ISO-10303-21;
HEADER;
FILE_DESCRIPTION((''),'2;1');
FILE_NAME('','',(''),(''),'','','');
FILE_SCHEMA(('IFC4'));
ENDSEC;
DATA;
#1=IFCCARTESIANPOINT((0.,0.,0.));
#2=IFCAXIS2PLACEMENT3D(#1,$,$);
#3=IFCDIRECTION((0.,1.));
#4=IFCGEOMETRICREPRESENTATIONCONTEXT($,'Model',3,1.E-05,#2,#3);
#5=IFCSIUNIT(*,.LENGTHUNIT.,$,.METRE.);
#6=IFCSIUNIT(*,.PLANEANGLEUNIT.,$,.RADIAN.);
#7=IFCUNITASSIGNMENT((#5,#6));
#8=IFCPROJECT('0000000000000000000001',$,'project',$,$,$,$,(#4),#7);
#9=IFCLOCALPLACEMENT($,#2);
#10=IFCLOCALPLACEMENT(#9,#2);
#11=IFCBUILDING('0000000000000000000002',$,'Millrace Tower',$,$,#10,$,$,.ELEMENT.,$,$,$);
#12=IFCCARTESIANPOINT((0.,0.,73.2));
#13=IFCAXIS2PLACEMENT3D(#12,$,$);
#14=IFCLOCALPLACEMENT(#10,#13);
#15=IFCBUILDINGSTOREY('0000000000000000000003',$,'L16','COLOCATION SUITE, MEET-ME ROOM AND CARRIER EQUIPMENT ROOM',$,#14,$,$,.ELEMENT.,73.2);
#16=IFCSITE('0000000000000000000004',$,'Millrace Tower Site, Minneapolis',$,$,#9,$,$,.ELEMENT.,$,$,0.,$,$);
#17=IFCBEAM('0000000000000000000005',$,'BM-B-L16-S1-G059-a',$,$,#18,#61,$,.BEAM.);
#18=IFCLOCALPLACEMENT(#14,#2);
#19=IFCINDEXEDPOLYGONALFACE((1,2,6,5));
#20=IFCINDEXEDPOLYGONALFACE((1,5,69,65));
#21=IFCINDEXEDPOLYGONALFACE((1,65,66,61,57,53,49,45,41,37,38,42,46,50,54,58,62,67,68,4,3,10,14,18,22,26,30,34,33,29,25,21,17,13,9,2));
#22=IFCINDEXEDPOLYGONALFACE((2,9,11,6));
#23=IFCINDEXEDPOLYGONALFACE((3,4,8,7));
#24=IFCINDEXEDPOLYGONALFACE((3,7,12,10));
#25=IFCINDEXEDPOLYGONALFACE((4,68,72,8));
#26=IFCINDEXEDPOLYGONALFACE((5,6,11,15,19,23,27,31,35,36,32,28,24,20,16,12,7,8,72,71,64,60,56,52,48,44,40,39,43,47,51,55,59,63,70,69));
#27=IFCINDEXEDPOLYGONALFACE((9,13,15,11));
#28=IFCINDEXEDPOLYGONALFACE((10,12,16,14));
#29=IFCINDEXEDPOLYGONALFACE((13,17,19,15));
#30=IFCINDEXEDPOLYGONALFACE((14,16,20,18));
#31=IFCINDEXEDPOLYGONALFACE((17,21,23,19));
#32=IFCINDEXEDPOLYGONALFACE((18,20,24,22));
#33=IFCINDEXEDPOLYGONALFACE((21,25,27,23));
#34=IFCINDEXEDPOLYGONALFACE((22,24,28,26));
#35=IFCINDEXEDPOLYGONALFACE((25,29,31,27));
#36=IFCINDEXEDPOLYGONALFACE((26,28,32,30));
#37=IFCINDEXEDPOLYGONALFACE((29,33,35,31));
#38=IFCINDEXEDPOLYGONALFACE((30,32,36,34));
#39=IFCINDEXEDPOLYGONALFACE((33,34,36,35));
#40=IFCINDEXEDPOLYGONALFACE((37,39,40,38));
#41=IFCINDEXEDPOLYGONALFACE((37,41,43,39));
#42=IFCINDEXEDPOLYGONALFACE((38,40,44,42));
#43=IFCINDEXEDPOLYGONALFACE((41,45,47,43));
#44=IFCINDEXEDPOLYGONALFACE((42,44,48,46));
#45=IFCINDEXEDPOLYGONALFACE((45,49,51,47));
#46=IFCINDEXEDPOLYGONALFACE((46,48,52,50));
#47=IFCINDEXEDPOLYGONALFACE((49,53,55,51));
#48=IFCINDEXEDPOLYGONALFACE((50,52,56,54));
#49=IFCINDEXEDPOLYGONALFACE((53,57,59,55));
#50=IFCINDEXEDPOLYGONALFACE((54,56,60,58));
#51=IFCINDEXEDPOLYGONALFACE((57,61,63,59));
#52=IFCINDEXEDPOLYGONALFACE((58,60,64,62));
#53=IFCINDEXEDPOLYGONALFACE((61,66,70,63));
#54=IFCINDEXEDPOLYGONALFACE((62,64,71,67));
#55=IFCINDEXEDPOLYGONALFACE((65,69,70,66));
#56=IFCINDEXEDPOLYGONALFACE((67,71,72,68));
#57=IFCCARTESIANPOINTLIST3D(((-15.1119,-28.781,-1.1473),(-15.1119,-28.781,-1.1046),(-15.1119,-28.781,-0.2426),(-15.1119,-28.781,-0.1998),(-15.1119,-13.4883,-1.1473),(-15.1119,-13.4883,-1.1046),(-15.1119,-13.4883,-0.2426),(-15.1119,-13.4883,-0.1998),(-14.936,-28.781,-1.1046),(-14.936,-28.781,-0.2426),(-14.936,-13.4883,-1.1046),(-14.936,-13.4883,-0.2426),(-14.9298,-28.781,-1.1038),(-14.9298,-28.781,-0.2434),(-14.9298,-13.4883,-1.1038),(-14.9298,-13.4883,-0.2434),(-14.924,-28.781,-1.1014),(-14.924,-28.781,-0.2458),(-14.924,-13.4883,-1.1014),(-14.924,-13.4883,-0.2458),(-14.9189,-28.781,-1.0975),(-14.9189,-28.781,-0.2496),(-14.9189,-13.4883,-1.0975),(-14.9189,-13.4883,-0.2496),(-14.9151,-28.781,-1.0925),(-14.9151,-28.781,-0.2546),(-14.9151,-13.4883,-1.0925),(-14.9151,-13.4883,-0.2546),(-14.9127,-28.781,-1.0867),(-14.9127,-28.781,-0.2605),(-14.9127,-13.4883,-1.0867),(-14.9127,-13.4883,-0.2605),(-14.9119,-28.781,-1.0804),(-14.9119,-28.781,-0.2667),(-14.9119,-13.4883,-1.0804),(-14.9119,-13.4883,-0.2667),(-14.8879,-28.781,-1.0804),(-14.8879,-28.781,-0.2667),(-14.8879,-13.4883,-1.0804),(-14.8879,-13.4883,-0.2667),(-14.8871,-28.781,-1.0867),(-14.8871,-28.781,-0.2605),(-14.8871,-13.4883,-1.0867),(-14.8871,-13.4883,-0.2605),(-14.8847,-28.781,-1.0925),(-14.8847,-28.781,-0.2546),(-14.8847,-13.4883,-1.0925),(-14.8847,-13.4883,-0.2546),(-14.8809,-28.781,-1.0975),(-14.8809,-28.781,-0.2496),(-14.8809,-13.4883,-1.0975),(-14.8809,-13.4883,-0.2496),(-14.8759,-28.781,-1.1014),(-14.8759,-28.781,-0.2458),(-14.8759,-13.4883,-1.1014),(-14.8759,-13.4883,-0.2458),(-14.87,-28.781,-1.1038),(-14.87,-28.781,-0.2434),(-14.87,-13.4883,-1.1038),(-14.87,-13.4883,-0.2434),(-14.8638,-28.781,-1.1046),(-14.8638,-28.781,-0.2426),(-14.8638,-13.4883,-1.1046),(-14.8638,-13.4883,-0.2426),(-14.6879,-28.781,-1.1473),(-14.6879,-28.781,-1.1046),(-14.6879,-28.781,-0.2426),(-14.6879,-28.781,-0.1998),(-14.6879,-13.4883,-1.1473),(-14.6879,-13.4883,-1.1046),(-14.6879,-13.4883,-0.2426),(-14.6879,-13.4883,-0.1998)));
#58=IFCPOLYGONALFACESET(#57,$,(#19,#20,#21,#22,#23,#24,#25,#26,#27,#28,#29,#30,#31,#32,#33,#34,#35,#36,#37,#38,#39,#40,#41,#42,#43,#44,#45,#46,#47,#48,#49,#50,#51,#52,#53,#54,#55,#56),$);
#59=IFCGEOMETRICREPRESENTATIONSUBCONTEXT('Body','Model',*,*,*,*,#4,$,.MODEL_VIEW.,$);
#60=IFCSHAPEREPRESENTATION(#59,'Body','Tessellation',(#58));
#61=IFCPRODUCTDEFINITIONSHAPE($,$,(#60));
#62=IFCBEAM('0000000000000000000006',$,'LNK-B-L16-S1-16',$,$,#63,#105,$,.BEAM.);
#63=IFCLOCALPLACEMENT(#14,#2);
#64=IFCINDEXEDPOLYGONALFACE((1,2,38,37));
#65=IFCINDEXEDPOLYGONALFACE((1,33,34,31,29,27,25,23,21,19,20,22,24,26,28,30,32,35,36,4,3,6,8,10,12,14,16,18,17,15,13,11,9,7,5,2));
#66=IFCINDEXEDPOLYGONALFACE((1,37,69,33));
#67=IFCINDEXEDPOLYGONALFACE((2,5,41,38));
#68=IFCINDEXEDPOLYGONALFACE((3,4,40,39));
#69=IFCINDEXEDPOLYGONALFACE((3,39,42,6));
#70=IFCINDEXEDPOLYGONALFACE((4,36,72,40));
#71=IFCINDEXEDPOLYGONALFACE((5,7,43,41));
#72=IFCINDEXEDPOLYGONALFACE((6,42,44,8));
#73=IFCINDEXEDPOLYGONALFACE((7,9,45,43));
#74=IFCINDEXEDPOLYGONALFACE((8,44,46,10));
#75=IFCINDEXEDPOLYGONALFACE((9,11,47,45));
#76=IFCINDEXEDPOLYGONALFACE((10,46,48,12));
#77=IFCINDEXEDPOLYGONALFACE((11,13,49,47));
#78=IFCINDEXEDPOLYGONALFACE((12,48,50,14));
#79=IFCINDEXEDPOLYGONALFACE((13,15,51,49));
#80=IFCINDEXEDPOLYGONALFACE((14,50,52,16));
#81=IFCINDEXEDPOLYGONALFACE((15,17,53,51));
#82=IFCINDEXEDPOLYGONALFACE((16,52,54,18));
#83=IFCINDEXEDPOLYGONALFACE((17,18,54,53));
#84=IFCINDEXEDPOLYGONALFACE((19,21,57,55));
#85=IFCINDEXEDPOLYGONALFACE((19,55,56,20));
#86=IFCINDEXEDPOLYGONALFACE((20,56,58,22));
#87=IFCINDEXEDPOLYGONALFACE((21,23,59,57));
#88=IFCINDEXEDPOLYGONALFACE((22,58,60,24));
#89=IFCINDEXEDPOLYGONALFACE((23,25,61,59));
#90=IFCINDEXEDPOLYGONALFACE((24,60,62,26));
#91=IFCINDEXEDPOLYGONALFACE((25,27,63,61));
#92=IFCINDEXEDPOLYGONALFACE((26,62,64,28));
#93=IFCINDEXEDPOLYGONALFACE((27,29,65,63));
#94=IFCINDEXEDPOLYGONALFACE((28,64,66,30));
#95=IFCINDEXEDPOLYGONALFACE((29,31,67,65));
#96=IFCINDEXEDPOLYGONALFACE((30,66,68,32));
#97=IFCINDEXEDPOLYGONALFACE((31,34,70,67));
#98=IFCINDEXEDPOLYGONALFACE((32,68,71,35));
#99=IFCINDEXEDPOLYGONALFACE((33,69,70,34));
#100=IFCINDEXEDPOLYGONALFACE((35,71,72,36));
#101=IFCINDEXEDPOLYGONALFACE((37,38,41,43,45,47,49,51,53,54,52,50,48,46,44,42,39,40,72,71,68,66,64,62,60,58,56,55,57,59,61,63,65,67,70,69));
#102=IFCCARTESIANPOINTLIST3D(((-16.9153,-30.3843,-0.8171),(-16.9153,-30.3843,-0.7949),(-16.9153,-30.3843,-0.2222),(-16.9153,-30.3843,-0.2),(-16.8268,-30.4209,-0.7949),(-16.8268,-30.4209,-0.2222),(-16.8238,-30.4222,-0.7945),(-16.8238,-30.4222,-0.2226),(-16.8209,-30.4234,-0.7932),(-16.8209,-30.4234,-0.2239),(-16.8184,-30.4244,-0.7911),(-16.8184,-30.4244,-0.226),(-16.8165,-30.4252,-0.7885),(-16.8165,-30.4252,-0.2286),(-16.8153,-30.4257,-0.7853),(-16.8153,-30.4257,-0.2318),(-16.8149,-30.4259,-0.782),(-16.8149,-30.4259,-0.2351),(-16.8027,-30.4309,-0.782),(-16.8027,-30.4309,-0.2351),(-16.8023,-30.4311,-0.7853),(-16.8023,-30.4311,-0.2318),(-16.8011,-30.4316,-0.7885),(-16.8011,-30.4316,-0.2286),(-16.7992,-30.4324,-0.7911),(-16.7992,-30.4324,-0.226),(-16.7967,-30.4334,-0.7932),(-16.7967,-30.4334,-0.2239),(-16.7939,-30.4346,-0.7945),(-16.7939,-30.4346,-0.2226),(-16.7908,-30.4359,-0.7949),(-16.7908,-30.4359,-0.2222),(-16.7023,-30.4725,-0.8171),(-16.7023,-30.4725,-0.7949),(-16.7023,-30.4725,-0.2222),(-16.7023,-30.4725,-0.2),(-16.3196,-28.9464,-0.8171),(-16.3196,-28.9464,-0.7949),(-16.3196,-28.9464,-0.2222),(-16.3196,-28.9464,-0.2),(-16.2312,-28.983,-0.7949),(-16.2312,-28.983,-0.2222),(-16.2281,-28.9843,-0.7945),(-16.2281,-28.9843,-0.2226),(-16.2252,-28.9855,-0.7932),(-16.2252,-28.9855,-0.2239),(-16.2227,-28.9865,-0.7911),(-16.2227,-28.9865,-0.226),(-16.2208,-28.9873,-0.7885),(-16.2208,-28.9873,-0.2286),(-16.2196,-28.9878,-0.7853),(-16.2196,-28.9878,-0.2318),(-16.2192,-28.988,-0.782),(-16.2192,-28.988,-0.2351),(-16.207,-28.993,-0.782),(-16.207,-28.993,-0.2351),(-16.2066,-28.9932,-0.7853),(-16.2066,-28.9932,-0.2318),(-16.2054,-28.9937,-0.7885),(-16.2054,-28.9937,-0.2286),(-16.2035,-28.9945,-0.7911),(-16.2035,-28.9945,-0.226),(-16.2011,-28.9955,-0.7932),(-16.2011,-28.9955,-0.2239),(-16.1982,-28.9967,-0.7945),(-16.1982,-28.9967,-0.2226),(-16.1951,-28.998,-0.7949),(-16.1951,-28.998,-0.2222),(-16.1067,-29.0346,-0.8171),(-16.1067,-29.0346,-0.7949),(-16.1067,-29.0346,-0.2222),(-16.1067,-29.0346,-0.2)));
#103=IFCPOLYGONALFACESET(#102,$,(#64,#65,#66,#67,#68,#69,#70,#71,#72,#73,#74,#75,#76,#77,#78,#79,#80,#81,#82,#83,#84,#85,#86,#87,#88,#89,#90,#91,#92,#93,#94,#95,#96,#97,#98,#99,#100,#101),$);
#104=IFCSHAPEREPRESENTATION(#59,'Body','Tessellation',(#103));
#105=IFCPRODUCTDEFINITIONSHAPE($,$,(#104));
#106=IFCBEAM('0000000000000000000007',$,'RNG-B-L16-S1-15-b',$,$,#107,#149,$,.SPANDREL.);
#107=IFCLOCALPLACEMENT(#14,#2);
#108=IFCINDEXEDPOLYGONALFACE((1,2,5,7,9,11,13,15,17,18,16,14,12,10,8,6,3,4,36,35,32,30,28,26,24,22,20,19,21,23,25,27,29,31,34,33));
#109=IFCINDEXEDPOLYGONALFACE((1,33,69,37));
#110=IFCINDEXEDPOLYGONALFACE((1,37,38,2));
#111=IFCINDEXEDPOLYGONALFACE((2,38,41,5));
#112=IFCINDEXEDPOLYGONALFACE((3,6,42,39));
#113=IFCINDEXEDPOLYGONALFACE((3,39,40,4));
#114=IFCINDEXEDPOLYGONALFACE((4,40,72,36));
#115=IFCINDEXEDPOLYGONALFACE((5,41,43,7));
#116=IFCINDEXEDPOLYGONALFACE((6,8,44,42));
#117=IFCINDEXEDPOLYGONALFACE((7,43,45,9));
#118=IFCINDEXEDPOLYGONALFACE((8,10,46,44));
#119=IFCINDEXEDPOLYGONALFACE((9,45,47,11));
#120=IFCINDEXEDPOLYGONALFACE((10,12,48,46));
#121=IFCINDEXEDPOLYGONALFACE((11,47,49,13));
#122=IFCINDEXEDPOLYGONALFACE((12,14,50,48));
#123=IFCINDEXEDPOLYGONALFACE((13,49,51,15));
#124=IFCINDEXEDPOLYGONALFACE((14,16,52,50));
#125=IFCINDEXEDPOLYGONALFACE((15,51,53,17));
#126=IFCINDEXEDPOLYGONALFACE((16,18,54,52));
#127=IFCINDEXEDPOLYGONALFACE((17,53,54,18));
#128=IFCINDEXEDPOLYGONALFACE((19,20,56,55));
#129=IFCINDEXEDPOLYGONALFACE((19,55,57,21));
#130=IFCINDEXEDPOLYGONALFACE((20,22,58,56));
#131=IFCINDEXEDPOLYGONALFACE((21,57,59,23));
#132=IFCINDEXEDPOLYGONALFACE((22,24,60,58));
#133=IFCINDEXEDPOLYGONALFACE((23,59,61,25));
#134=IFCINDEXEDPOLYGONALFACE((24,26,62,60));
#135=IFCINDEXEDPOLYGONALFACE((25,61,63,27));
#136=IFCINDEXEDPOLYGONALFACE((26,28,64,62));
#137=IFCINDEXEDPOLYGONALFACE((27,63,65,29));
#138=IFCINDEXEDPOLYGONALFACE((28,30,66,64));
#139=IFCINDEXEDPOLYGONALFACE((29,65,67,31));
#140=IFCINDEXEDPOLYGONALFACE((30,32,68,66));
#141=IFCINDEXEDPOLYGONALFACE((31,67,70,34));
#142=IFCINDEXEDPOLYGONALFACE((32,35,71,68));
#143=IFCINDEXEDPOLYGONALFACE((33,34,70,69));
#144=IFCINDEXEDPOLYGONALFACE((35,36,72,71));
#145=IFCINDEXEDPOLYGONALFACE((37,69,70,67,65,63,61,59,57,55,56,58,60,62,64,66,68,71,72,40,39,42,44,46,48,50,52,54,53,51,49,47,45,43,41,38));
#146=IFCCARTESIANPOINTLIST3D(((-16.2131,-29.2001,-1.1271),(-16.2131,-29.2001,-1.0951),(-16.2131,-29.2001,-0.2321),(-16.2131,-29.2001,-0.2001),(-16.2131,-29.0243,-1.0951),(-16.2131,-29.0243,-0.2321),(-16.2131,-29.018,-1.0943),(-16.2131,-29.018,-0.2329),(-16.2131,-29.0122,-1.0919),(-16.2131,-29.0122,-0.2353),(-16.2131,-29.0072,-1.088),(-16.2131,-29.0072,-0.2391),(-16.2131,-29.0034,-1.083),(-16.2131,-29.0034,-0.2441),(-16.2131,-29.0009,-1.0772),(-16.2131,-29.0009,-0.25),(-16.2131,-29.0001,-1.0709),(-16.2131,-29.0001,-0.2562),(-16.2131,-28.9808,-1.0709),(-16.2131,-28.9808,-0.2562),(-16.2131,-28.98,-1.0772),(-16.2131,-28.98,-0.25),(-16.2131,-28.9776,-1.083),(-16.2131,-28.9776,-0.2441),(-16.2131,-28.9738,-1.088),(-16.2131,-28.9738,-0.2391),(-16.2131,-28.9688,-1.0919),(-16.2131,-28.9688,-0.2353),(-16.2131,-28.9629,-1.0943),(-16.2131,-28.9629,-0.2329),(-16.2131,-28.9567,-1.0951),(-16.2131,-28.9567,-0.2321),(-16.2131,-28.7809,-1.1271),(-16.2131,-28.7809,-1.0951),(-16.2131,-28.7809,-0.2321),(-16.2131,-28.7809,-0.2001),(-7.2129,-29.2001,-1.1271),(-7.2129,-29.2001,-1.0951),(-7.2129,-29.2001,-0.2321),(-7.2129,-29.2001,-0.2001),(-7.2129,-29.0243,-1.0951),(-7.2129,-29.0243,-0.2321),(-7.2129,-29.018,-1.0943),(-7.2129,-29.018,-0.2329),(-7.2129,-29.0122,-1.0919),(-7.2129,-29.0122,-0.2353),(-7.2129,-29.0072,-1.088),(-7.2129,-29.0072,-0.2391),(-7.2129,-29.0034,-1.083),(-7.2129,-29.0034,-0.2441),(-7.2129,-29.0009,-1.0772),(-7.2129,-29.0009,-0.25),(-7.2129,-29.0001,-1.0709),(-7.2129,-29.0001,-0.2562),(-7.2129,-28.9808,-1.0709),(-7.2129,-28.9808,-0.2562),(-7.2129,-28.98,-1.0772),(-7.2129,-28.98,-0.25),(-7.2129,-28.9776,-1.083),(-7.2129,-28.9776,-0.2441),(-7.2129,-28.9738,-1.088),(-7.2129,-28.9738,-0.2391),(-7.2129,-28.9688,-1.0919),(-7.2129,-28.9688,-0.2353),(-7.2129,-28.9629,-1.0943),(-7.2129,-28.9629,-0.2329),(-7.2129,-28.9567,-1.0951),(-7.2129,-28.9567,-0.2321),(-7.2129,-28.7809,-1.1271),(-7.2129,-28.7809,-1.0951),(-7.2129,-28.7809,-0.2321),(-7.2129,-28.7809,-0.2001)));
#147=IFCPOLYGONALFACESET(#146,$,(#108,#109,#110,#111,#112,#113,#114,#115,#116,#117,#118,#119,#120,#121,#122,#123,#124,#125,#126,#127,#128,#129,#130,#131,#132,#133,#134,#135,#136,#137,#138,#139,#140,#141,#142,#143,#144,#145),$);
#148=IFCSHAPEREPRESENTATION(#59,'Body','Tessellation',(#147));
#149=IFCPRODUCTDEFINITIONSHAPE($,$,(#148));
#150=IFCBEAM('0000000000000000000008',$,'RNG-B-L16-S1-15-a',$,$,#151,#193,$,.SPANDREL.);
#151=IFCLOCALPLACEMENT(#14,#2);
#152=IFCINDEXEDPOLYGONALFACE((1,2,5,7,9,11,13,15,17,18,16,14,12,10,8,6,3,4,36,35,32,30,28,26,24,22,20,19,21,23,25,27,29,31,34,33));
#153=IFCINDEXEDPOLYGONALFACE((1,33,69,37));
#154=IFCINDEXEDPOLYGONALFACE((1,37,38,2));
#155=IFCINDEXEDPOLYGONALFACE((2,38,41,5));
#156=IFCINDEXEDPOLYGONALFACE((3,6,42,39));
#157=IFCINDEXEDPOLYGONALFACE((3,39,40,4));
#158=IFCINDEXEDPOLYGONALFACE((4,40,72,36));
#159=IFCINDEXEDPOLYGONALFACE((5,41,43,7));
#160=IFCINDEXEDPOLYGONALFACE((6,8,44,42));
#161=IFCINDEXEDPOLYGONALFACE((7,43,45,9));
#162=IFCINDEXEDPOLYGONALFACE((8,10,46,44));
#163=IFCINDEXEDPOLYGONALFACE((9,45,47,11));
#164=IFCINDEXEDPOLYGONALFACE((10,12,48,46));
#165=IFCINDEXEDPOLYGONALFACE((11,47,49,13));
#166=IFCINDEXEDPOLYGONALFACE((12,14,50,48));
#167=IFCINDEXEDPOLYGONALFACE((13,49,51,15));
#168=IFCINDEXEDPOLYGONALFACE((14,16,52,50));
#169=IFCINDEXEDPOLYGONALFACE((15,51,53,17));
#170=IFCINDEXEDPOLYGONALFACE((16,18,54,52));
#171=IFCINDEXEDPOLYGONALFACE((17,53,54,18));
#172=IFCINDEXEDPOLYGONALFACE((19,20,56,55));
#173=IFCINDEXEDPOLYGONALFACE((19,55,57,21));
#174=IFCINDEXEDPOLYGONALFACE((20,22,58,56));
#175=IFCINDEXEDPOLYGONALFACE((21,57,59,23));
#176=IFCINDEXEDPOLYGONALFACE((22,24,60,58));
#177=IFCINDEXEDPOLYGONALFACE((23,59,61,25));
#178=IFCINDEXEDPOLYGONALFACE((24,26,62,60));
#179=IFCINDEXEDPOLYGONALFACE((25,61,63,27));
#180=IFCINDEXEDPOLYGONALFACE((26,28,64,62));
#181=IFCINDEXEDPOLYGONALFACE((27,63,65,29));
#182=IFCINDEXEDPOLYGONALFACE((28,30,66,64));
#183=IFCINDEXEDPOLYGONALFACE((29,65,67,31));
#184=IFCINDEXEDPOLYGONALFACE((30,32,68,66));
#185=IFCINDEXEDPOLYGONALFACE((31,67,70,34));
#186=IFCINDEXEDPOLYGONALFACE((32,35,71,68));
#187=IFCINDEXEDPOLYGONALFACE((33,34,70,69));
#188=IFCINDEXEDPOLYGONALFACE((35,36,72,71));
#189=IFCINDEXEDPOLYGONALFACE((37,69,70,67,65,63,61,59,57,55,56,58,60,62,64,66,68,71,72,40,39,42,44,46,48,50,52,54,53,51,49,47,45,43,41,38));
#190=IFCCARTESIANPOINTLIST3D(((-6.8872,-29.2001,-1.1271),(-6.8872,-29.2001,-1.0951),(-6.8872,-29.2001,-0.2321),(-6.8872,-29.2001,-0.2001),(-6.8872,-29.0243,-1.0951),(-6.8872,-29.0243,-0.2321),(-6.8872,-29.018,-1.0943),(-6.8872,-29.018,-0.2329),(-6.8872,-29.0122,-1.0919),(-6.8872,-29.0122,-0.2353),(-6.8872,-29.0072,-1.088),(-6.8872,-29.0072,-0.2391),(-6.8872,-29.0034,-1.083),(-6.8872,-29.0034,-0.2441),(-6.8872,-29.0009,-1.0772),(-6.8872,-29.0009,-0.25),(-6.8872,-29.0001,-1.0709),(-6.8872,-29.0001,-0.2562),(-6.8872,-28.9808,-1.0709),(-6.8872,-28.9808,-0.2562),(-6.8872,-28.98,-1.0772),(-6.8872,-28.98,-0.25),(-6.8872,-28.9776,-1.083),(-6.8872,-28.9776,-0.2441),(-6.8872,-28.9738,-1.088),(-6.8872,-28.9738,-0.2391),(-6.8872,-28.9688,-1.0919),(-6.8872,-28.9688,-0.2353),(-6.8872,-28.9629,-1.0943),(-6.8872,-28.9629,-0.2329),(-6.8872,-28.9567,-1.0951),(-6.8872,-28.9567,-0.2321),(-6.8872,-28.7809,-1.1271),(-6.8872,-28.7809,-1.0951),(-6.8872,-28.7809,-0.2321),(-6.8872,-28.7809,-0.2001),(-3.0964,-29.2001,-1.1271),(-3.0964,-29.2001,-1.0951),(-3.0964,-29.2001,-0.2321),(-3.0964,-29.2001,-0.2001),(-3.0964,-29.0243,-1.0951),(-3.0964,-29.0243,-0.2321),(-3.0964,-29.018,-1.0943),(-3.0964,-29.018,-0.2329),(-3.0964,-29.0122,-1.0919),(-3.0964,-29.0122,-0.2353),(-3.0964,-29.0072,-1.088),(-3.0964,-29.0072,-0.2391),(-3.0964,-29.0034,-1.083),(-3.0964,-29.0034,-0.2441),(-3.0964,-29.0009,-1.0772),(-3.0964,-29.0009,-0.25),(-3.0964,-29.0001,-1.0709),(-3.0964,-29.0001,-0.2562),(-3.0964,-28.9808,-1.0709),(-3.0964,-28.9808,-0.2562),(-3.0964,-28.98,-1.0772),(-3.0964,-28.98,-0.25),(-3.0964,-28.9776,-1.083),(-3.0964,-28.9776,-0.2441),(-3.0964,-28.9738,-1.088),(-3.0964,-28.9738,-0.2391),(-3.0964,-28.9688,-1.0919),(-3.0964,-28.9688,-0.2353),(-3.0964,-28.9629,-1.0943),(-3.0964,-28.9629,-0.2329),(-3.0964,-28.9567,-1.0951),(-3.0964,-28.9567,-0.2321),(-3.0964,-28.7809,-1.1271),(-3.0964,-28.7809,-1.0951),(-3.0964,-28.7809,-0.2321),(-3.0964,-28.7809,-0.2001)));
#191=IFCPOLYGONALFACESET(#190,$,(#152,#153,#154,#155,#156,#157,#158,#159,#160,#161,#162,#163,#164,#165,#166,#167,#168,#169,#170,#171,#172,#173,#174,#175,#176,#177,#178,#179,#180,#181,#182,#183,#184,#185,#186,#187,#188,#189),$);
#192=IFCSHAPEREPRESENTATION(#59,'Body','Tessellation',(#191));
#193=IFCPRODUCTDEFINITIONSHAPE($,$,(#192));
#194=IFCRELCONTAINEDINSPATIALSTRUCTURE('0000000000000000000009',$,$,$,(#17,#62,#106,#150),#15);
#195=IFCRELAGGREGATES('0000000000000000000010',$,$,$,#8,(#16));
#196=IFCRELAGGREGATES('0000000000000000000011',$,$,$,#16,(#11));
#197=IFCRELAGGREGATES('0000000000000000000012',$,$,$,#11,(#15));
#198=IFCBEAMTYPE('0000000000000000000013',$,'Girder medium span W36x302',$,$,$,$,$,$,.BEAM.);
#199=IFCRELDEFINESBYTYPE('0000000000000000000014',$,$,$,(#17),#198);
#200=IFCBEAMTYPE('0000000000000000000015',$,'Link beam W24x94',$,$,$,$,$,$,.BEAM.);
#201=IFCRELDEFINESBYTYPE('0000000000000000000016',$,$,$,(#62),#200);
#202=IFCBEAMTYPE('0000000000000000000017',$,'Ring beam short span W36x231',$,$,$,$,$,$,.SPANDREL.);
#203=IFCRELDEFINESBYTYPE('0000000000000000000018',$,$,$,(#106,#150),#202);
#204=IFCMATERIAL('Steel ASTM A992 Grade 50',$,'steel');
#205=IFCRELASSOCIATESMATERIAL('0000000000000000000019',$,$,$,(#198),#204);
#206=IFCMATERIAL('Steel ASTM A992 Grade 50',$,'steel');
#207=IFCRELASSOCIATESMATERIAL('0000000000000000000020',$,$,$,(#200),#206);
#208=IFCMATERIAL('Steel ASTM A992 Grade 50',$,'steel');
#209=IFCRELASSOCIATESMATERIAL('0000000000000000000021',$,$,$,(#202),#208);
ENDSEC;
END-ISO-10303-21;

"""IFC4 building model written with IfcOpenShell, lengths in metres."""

from ifc_helpers import new_model, si_unit, direction, frame, origin, origin_2d, place, context, subcontext, project, spatial, i_section, extrude, material, material_profile, profile_set, type_object, element, save


model = new_model("IFC4")

# Units and contexts
model_context = context("Model", 3, precision=1e-05, world=origin(), true_north=direction((0.0, 1.0)))
body_context = subcontext(model_context, "Body", "Model", "MODEL_VIEW")
ifc_project = project(units=[si_unit("LENGTHUNIT", "METRE"), si_unit("PLANEANGLEUNIT", "RADIAN")], contexts=[model_context])

# Site, building, storey
site_placement = place(None, origin())
site = spatial("IfcSite", under=ifc_project, at=site_placement, Name="Millrace Tower Site, Minneapolis", CompositionType="ELEMENT", RefElevation=0.0)
building_placement = place(site_placement, origin())
building = spatial("IfcBuilding", under=site, at=building_placement, Name="Millrace Tower", CompositionType="ELEMENT")
storey_placement = place(building_placement, frame((0.0, 0.0, 73.2)))
storey = spatial("IfcBuildingStorey", under=building, at=storey_placement, Name="L16", Description="COLOCATION SUITE, MEET-ME ROOM AND CARRIER EQUIPMENT ROOM", CompositionType="ELEMENT", Elevation=73.2)

# Beams
ifc_material_1 = material(Name="Steel ASTM A992 Grade 50", Category="steel")
ifc_material_profile_1 = material_profile(ifc_material_1, i_section(OverallWidth=0.4241, OverallDepth=0.9475, WebThickness=0.0239, FlangeThickness=0.0427, FilletRadius=0.0242, at=origin_2d()))
ifc_profile_set_1 = profile_set([ifc_material_profile_1], Name="Steel ASTM A992 Grade 50")
beam_type_1 = type_object("IfcBeamType", Name="Girder medium span W36x302", PredefinedType="BEAM", material=ifc_profile_set_1)
beam_1_placement = place(storey_placement, frame((-14.8999, -28.781, -0.6736), z_axis=(0.0, 1.0, 0.0), x_axis=(-1.0, 0.0, 0.0)))
element("IfcBeam", 1, at=beam_1_placement, inside=storey, type_object=beam_type_1, Name="BM-B-L16-S1-G059-a", PredefinedType="BEAM", context=body_context, shape_type="SweptSolid", body=[
    extrude(i_section(OverallWidth=0.4241, OverallDepth=0.9475, WebThickness=0.0239, FlangeThickness=0.0427, FilletRadius=0.0242, at=origin_2d()), origin(), (0.0, 0.0, 1.0), 15.2927),
])
ifc_material_2 = material(Name="Steel ASTM A992 Grade 50", Category="steel")
ifc_material_profile_2 = material_profile(ifc_material_2, i_section(OverallWidth=0.2305, OverallDepth=0.6172, WebThickness=0.0132, FlangeThickness=0.0222, FilletRadius=0.0129, at=origin_2d()))
ifc_profile_set_2 = profile_set([ifc_material_profile_2], Name="Steel ASTM A992 Grade 50")
beam_type_2 = type_object("IfcBeamType", Name="Link beam W24x94", PredefinedType="BEAM", material=ifc_profile_set_2)
beam_2_placement = place(storey_placement, frame((-16.2131, -28.9905, -0.5085), z_axis=(-0.382721, -0.923864, 0.0), x_axis=(0.923864, -0.382721, 0.0)))
element("IfcBeam", 2, at=beam_2_placement, inside=storey, type_object=beam_type_2, Name="LNK-B-L16-S1-16", PredefinedType="BEAM", context=body_context, shape_type="SweptSolid", body=[
    extrude(i_section(OverallWidth=0.2305, OverallDepth=0.6172, WebThickness=0.0132, FlangeThickness=0.0222, FilletRadius=0.0129, at=origin_2d()), origin(), (0.0, 0.0, 1.0), 1.5564),
])
ifc_material_3 = material(Name="Steel ASTM A992 Grade 50", Category="steel")
ifc_material_profile_3 = material_profile(ifc_material_3, i_section(OverallWidth=0.4192, OverallDepth=0.927, WebThickness=0.0193, FlangeThickness=0.032, FilletRadius=0.0242, at=origin_2d()))
ifc_profile_set_3 = profile_set([ifc_material_profile_3], Name="Steel ASTM A992 Grade 50")
beam_type_3 = type_object("IfcBeamType", Name="Ring beam short span W36x231", PredefinedType="SPANDREL", material=ifc_profile_set_3)
beam_3_placement = place(storey_placement, frame((-7.2129, -28.9905, -0.6636), z_axis=(-1.0, 0.0, 0.0), x_axis=(0.0, -1.0, 0.0)))
element("IfcBeam", 3, at=beam_3_placement, inside=storey, type_object=beam_type_3, Name="RNG-B-L16-S1-15-b", PredefinedType="SPANDREL", context=body_context, shape_type="SweptSolid", body=[
    extrude(i_section(OverallWidth=0.4192, OverallDepth=0.927, WebThickness=0.0193, FlangeThickness=0.032, FilletRadius=0.0242, at=origin_2d()), origin(), (0.0, 0.0, 1.0), 9.0002),
])
beam_4_placement = place(storey_placement, frame((-3.0964, -28.9905, -0.6636), z_axis=(-1.0, 0.0, 0.0), x_axis=(0.0, -1.0, 0.0)))
element("IfcBeam", 4, at=beam_4_placement, inside=storey, type_object=beam_type_3, Name="RNG-B-L16-S1-15-a", PredefinedType="SPANDREL", context=body_context, shape_type="SweptSolid", body=[
    extrude(i_section(OverallWidth=0.4192, OverallDepth=0.927, WebThickness=0.0193, FlangeThickness=0.032, FilletRadius=0.0242, at=origin_2d()), origin(), (0.0, 0.0, 1.0), 3.7908),
])

save(model, "model.ifc")
